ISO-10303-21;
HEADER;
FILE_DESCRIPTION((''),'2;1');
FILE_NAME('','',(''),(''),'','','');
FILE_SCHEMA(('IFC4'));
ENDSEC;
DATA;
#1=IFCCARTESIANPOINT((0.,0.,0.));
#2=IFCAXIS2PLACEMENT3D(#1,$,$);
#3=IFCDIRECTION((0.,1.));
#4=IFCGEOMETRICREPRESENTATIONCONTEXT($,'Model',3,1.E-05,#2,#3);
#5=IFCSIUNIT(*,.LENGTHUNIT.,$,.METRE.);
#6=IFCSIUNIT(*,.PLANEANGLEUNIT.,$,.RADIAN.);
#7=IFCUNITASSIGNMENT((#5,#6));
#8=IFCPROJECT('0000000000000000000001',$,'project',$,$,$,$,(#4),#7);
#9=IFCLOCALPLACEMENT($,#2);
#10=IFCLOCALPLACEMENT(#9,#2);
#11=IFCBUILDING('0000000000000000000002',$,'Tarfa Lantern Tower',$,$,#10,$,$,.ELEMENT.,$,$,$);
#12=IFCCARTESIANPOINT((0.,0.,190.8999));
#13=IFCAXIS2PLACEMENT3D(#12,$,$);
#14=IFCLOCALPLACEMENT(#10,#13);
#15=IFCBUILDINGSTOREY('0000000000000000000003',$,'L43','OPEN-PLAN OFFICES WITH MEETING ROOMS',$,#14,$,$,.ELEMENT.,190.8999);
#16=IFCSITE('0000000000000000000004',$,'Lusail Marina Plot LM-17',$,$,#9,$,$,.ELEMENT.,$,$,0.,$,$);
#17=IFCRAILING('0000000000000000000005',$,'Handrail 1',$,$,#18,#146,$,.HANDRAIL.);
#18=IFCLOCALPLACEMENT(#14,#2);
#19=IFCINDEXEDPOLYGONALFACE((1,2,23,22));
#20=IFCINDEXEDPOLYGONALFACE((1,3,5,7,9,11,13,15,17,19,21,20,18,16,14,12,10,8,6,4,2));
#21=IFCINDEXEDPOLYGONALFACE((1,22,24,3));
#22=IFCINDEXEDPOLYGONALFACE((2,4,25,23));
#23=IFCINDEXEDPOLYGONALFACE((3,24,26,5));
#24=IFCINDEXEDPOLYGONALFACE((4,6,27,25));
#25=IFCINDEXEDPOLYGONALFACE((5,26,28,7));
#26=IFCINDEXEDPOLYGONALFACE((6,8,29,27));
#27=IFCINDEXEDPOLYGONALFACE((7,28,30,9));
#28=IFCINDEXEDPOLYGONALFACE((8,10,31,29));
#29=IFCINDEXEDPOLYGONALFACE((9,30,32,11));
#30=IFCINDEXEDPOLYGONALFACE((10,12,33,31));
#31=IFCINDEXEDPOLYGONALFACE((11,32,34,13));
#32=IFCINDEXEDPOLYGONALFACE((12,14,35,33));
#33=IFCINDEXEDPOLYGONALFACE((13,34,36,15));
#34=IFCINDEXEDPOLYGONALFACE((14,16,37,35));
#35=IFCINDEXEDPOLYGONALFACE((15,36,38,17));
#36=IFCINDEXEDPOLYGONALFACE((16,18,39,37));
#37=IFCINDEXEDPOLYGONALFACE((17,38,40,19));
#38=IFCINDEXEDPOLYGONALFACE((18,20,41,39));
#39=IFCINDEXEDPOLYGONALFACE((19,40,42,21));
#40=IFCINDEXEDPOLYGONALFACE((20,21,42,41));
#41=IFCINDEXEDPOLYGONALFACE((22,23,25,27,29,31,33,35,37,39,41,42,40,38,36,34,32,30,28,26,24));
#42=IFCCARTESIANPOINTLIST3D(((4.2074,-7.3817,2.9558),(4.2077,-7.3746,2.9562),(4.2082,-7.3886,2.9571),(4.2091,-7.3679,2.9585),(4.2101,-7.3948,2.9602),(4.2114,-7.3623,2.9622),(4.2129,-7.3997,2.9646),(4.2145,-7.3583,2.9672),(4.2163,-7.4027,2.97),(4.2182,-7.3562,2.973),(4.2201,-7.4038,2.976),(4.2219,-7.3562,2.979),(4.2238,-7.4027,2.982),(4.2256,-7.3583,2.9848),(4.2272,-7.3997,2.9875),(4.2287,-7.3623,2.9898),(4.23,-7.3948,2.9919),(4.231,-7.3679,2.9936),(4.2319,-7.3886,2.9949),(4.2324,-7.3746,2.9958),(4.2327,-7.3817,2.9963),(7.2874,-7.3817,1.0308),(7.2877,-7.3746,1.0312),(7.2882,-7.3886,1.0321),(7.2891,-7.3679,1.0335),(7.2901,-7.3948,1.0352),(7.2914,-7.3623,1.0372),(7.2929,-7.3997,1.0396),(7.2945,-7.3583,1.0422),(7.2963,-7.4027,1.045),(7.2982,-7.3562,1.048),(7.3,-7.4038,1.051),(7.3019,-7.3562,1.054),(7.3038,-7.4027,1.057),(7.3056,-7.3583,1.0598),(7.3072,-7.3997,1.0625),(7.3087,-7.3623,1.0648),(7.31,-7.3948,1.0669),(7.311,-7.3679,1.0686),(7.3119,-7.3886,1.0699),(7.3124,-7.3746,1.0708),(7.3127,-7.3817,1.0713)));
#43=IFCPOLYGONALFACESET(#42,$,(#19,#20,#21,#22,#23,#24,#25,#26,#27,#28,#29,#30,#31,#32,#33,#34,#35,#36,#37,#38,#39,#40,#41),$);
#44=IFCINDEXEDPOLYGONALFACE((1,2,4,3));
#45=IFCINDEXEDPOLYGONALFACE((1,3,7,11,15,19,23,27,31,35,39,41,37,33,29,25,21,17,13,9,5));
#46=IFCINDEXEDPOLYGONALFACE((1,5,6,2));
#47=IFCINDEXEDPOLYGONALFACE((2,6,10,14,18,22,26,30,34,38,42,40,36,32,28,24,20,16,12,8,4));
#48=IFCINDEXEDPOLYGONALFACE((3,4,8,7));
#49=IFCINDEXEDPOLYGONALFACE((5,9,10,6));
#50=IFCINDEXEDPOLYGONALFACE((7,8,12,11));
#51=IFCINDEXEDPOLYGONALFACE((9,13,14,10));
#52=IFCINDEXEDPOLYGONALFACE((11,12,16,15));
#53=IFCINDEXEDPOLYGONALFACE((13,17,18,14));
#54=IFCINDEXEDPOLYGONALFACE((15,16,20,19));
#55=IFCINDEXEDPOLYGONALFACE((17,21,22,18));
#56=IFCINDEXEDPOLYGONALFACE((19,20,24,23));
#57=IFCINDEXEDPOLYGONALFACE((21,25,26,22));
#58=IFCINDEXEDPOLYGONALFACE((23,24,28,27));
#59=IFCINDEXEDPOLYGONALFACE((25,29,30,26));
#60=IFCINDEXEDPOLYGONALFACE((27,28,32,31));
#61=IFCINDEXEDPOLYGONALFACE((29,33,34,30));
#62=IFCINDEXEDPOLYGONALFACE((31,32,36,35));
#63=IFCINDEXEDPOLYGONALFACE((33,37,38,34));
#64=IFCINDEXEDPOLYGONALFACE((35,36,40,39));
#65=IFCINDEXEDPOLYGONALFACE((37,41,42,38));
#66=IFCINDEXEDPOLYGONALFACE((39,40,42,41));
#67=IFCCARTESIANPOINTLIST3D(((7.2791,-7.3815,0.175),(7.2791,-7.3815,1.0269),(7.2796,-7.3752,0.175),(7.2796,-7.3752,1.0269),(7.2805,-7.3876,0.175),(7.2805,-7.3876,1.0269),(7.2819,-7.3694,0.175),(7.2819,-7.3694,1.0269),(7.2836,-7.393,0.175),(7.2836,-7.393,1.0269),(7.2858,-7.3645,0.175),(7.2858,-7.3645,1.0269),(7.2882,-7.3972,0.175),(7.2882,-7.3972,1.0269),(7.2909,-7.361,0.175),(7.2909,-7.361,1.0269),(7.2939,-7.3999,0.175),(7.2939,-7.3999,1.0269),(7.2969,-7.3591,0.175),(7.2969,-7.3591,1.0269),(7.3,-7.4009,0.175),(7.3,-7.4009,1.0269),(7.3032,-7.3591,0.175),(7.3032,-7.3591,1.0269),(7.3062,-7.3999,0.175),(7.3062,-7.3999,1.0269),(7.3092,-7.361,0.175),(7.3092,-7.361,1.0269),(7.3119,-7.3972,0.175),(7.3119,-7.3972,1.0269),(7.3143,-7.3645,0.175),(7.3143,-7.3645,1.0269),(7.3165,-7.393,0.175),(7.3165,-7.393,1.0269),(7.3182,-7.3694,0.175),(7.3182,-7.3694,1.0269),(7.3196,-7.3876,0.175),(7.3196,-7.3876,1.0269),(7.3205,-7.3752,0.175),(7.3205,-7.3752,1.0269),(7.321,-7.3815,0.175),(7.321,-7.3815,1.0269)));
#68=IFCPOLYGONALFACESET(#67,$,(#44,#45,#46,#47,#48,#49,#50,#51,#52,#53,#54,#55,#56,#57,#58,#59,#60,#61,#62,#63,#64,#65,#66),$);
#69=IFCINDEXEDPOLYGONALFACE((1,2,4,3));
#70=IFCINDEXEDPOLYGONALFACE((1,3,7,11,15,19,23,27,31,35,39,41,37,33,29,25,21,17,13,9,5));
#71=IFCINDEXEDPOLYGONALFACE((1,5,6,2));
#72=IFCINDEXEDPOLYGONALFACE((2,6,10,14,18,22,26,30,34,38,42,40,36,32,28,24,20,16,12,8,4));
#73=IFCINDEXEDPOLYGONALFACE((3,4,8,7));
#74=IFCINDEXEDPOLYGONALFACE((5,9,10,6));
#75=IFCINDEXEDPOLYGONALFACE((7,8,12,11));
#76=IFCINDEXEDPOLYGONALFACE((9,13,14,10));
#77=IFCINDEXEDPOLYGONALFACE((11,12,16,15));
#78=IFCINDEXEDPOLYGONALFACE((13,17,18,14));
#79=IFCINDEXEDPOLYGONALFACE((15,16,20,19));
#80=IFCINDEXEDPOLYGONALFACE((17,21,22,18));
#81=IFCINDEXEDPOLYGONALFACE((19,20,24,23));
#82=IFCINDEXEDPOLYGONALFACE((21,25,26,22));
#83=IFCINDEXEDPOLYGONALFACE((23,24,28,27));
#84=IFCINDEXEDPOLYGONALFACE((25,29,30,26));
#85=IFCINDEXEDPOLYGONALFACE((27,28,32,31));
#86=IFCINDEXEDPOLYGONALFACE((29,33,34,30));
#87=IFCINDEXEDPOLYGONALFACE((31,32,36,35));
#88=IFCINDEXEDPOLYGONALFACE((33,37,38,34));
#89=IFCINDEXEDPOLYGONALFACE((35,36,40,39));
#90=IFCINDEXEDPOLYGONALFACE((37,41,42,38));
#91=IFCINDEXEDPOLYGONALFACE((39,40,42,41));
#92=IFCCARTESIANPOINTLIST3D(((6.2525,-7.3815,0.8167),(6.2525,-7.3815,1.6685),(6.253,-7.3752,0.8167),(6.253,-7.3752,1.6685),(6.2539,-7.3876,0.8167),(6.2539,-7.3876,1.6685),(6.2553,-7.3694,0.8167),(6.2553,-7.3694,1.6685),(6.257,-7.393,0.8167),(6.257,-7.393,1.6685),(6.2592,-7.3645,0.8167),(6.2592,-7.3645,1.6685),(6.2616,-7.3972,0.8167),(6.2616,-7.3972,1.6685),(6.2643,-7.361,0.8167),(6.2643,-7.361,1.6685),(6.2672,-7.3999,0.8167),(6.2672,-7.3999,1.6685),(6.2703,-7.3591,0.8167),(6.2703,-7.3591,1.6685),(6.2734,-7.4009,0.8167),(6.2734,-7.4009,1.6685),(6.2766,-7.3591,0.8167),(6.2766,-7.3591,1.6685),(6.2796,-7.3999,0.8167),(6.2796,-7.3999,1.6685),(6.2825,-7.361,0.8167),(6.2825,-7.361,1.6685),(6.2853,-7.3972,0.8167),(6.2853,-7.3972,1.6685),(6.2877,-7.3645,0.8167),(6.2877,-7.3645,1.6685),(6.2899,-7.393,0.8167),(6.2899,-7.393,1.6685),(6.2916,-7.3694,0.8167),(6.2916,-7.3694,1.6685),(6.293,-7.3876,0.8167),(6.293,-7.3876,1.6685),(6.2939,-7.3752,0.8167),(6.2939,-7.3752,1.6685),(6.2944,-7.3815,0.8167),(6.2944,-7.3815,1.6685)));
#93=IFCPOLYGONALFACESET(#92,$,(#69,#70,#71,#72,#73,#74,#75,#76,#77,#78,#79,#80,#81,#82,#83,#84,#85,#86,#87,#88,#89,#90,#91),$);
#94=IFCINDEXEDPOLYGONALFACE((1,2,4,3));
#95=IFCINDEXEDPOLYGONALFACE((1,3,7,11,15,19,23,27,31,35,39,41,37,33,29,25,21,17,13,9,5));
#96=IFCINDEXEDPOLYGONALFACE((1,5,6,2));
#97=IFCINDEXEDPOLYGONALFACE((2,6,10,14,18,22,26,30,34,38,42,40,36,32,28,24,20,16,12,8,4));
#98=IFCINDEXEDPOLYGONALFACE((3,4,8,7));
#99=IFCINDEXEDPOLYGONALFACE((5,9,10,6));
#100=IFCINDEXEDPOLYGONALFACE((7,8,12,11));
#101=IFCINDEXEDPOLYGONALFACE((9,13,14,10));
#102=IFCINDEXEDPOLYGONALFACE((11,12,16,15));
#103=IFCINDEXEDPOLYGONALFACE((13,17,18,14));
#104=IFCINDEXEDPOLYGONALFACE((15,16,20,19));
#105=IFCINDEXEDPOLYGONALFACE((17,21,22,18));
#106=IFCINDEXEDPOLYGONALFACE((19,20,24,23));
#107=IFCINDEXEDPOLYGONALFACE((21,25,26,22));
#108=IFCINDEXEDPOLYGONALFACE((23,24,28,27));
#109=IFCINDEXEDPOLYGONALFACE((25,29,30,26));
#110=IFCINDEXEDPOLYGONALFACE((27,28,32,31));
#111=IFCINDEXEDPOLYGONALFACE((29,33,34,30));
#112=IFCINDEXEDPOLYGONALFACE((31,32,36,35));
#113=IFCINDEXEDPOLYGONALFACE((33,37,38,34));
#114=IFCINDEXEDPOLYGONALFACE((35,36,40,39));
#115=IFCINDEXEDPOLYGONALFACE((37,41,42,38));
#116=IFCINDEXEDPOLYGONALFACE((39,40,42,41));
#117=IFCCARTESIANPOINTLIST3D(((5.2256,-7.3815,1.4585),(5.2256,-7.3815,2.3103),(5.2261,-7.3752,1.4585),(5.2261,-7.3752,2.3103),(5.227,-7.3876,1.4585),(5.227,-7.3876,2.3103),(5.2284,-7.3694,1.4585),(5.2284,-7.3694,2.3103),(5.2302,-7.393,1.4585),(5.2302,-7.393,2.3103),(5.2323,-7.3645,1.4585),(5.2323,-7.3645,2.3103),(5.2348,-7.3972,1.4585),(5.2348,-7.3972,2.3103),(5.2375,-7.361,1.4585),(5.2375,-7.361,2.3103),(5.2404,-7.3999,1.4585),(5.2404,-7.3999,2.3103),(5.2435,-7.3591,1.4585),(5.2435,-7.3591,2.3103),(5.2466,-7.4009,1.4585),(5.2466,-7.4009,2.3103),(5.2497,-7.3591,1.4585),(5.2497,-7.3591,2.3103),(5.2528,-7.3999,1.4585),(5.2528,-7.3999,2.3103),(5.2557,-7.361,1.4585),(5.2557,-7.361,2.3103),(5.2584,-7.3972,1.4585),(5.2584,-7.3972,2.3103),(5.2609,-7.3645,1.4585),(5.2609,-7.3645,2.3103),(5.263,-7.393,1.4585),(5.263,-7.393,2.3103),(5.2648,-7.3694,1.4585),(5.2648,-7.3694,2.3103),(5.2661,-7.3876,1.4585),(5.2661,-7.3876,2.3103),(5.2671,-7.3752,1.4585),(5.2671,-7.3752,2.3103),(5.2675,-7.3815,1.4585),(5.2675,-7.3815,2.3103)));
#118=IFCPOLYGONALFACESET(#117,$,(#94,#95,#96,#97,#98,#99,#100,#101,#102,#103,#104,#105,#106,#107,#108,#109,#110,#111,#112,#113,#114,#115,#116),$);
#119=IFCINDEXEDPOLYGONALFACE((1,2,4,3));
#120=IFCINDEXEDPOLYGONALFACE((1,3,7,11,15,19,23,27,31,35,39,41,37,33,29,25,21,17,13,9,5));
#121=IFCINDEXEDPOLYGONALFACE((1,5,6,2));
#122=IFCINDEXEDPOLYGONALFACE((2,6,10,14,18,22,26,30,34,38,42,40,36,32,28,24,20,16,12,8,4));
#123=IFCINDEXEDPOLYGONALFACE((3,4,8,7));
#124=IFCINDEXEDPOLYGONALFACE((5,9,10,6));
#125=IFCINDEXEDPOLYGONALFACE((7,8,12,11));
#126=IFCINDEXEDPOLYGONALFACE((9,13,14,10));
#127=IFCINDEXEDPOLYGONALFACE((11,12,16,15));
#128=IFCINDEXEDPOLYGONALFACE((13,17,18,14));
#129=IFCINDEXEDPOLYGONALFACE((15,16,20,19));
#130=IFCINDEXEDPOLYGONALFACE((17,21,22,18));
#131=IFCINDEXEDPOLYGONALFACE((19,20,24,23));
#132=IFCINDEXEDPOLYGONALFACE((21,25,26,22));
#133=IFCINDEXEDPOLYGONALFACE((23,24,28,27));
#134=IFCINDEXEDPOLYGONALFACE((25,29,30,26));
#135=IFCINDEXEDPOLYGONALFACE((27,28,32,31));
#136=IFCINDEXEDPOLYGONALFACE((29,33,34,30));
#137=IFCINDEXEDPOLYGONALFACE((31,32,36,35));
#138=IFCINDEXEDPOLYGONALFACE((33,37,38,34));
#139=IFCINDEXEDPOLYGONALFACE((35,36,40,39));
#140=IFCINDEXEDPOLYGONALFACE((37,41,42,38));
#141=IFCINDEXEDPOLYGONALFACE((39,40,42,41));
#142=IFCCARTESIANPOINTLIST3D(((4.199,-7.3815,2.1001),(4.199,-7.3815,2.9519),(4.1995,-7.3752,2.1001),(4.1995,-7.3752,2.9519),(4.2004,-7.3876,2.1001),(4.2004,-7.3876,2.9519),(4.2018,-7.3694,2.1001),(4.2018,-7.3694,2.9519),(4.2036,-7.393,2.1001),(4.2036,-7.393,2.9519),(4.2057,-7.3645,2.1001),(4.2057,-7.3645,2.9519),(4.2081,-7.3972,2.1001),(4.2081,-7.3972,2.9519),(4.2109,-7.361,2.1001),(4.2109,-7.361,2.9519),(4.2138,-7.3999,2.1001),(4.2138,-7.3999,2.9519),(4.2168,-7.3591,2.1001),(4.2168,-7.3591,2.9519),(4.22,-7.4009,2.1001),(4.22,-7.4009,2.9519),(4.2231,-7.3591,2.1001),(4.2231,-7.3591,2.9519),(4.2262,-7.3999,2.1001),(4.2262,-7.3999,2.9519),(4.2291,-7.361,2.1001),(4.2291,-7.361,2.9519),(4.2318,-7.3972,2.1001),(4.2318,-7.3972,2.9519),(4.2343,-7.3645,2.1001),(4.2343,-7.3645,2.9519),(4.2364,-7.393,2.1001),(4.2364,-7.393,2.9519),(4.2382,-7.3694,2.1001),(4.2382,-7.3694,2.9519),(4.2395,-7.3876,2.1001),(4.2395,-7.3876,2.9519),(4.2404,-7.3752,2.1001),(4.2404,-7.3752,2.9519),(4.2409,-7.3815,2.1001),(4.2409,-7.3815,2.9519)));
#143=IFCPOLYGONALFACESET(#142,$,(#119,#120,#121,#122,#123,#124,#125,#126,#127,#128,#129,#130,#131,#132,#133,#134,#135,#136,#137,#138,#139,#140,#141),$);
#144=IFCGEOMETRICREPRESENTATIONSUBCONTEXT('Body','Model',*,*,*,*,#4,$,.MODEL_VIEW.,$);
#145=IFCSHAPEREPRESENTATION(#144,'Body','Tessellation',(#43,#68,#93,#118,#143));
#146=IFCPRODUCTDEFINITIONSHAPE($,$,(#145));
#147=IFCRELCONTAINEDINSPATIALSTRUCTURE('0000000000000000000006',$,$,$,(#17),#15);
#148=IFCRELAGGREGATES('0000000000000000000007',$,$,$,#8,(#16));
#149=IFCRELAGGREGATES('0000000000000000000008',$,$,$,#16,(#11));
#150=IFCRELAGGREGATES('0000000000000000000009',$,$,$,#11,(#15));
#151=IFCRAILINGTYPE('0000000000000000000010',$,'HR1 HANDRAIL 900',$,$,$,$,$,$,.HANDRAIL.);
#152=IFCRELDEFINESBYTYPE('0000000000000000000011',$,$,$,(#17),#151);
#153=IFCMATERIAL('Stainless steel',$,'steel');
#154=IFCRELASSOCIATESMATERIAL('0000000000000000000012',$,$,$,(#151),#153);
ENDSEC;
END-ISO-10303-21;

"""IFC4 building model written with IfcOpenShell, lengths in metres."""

from ifc_helpers import new_model, si_unit, direction, frame, origin, origin_2d, place, context, subcontext, project, spatial, circle, extrude, material, type_object, element, save


model = new_model("IFC4")

# Units and contexts
model_context = context("Model", 3, precision=1e-05, world=origin(), true_north=direction((0.0, 1.0)))
body_context = subcontext(model_context, "Body", "Model", "MODEL_VIEW")
ifc_project = project(units=[si_unit("LENGTHUNIT", "METRE"), si_unit("PLANEANGLEUNIT", "RADIAN")], contexts=[model_context])

# Site, building, storey
site_placement = place(None, origin())
site = spatial("IfcSite", under=ifc_project, at=site_placement, Name="Lusail Marina Plot LM-17", CompositionType="ELEMENT", RefElevation=0.0)
building_placement = place(site_placement, origin())
building = spatial("IfcBuilding", under=site, at=building_placement, Name="Tarfa Lantern Tower", CompositionType="ELEMENT")
storey_placement = place(building_placement, frame((0.0, 0.0, 190.8999)))
storey = spatial("IfcBuildingStorey", under=building, at=storey_placement, Name="L43", Description="OPEN-PLAN OFFICES WITH MEETING ROOMS", CompositionType="ELEMENT", Elevation=190.8999)

# Railing
ifc_material_1 = material(Name="Stainless steel", Category="steel")
railing_type = type_object("IfcRailingType", Name="HR1 HANDRAIL 900", PredefinedType="HANDRAIL", material=ifc_material_1)
railing_1_placement = place(storey_placement, frame((7.3, -7.3799, 0.175)))
element("IfcRailing", 1, at=railing_1_placement, inside=storey, type_object=railing_type, Name="Handrail 1", PredefinedType="HANDRAIL", context=body_context, shape_type="SweptSolid", body=[
    extrude(circle(Radius=0.0239, at=origin_2d()), frame((0.0, 0.0, 0.876), z_axis=(-0.847998, 0.0, 0.529999), x_axis=(0.0, -1.0, 0.0)), (0.0, 0.0, 1.0), 3.6321),
    extrude(circle(Radius=0.021, at=origin_2d()), frame((0.0, 0.0, 0.0), z_axis=(0.0, 0.0, 1.0), x_axis=(0.0, -1.0, 0.0)), (0.0, 0.0, 1.0), 0.8518),
    extrude(circle(Radius=0.021, at=origin_2d()), frame((-1.0266, 0.0, 0.6416), z_axis=(0.0, 0.0, 1.0), x_axis=(0.0, -1.0, 0.0)), (0.0, 0.0, 1.0), 0.8518),
    extrude(circle(Radius=0.021, at=origin_2d()), frame((-2.0535, 0.0, 1.2834), z_axis=(0.0, 0.0, 1.0), x_axis=(0.0, -1.0, 0.0)), (0.0, 0.0, 1.0), 0.8518),
    extrude(circle(Radius=0.021, at=origin_2d()), frame((-3.0801, 0.0, 1.925), z_axis=(0.0, 0.0, 1.0), x_axis=(0.0, -1.0, 0.0)), (0.0, 0.0, 1.0), 0.8518),
])

save(model, "model.ifc")
